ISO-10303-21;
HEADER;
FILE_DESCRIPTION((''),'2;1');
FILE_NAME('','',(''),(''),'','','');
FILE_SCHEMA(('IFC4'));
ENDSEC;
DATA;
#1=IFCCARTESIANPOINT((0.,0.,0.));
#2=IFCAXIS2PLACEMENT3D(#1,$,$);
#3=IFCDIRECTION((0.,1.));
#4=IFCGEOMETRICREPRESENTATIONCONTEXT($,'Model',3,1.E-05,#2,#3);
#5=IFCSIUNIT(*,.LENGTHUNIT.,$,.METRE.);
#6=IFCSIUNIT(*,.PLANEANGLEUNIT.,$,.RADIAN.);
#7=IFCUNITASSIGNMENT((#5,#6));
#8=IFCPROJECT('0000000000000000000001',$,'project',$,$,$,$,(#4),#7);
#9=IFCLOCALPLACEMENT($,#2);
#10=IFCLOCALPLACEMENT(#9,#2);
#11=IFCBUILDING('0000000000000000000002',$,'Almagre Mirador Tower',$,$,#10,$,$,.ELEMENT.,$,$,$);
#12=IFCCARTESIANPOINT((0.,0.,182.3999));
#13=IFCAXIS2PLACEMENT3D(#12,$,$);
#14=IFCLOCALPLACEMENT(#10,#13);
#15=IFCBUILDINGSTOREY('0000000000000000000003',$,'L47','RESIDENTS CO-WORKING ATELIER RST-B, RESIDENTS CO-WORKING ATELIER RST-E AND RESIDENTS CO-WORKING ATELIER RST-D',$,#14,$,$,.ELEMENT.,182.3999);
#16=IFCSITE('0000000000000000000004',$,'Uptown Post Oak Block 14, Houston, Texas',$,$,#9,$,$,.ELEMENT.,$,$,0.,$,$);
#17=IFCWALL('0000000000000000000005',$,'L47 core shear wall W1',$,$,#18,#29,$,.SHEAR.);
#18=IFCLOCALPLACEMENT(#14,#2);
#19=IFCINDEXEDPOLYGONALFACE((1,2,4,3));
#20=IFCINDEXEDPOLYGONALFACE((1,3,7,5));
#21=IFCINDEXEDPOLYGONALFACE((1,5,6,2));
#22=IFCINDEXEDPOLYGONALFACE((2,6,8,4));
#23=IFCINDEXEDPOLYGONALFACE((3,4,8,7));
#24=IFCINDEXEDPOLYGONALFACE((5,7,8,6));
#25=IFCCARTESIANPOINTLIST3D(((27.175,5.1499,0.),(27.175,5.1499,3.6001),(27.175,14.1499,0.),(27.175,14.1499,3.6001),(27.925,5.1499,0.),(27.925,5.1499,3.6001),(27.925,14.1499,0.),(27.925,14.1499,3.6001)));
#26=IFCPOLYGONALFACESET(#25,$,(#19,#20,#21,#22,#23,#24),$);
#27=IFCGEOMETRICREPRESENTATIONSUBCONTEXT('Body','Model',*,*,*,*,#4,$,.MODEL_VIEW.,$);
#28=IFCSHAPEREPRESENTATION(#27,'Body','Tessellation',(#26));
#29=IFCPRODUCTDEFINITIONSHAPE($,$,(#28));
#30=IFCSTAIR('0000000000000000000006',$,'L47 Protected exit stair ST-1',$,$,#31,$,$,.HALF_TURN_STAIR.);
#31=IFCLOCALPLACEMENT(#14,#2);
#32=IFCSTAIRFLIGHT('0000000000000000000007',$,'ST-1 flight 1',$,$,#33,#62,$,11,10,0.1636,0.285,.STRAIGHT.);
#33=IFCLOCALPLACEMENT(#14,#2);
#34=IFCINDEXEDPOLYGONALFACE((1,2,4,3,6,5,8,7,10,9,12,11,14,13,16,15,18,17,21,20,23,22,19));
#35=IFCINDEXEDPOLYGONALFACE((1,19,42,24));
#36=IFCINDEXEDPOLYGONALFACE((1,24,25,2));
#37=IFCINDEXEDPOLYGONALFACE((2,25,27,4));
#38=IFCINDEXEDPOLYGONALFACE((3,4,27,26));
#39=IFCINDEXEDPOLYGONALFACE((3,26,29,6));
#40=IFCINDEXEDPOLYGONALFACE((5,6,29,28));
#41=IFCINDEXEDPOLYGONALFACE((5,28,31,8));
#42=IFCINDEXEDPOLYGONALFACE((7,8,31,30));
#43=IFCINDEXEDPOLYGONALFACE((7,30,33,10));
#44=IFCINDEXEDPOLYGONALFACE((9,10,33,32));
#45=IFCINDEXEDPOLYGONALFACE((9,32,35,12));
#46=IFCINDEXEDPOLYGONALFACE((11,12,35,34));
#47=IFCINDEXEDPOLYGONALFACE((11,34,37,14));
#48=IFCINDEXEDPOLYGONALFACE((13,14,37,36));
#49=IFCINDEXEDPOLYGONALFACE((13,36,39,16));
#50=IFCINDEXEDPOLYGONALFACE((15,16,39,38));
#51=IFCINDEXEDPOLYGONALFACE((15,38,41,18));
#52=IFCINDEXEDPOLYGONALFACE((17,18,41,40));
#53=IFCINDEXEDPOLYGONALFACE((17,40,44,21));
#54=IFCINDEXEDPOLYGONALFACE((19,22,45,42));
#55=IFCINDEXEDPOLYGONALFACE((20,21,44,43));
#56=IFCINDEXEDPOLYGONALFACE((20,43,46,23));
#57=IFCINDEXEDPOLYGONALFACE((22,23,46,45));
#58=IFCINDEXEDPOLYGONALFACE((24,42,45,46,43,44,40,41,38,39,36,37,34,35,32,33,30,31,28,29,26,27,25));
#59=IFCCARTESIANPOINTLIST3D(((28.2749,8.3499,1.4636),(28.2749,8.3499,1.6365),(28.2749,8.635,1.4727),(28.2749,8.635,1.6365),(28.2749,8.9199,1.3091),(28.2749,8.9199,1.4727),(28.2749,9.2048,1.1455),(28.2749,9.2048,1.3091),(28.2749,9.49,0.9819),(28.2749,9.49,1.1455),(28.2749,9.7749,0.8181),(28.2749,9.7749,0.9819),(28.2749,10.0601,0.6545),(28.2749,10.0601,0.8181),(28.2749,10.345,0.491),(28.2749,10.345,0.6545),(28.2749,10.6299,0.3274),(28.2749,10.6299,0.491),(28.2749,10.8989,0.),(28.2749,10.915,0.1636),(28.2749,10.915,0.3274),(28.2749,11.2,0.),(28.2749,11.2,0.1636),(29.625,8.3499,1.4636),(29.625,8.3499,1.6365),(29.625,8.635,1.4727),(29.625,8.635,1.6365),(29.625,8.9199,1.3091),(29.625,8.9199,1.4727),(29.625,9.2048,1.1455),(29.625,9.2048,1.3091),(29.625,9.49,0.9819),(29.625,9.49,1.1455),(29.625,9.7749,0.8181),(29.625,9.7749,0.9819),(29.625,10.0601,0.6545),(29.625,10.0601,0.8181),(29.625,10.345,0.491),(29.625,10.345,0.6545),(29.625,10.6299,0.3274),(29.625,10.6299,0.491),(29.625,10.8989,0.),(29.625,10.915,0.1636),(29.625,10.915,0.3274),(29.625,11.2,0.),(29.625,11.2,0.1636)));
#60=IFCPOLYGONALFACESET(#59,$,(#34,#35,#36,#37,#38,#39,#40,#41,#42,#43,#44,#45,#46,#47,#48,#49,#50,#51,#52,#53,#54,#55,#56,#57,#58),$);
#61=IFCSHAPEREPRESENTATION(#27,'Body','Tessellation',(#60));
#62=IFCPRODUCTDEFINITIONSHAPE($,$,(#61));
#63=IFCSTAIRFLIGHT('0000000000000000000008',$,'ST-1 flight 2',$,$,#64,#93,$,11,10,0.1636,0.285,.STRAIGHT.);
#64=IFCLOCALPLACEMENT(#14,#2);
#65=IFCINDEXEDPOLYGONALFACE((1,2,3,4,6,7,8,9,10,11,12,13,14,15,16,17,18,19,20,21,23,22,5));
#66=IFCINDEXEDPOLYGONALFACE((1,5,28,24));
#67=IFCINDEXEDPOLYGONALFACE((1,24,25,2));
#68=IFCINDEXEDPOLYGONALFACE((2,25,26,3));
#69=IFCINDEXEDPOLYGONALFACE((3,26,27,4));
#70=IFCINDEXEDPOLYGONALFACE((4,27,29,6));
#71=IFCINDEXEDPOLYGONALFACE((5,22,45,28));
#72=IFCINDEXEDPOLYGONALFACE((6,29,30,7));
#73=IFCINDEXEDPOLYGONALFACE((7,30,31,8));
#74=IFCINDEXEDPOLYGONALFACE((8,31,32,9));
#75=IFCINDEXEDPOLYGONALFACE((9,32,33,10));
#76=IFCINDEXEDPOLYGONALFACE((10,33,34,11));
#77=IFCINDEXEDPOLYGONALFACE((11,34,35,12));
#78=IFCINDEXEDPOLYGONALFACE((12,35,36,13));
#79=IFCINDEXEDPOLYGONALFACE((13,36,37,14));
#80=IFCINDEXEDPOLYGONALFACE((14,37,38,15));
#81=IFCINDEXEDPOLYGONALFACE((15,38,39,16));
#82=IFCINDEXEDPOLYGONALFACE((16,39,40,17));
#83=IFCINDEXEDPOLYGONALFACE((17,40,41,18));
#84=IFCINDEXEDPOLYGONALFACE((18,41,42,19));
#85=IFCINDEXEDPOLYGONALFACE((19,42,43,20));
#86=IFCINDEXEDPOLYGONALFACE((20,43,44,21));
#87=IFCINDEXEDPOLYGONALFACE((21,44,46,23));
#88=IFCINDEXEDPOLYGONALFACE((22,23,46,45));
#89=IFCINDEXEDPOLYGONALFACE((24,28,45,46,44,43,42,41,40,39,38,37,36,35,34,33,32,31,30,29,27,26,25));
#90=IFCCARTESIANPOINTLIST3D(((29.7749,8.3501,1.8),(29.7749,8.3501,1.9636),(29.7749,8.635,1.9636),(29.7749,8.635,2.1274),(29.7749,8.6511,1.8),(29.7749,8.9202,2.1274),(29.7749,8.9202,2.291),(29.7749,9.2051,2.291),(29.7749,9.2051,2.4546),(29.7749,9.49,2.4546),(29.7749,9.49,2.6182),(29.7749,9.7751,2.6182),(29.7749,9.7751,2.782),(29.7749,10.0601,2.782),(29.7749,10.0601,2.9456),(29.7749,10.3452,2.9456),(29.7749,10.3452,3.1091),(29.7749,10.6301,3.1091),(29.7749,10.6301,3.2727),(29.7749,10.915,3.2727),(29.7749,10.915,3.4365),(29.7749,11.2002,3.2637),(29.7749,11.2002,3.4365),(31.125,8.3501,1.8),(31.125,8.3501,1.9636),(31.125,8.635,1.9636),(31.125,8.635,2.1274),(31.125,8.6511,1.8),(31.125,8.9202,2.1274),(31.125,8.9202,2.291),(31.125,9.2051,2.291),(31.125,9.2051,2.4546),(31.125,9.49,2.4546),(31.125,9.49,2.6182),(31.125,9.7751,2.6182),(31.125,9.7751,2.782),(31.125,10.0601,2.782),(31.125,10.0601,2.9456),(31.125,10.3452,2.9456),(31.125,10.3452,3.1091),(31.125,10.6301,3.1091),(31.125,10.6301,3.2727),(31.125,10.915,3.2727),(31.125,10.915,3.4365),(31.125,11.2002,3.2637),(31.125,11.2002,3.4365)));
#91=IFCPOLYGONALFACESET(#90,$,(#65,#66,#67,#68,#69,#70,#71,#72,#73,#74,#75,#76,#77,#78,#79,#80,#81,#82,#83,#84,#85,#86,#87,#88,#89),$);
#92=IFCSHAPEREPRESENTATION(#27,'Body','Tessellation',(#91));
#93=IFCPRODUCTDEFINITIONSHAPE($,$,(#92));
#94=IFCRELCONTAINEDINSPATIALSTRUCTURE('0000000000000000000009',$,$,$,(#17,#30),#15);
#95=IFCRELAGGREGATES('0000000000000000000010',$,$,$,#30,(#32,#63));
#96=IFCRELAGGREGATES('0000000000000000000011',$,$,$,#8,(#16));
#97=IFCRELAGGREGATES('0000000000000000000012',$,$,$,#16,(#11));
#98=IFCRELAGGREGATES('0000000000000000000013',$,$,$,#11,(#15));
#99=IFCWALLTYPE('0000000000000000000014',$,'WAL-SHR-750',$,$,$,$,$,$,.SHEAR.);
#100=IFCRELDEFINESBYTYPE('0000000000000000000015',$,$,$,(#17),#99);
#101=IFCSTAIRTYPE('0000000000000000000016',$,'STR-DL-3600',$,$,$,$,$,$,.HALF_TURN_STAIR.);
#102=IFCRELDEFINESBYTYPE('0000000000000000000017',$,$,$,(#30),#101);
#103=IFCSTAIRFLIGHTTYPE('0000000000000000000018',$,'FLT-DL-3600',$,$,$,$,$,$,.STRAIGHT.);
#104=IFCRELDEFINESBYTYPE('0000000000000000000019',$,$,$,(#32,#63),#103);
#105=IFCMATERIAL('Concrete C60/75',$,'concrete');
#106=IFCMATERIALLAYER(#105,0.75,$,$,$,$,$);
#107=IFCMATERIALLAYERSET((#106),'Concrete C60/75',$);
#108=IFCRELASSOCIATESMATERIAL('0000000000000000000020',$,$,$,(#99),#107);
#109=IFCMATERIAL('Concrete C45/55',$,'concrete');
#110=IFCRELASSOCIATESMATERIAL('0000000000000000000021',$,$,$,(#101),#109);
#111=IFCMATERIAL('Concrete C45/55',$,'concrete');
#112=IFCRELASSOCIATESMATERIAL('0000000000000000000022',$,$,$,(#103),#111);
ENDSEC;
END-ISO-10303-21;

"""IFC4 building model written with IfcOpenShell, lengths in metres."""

from ifc_helpers import new_model, si_unit, direction, frame, frame_2d, origin, place, context, subcontext, project, spatial, polyline, rectangle, outline, extrude, material, layer, layer_set, type_object, element, aggregate, save


model = new_model("IFC4")

# Units and contexts
model_context = context("Model", 3, precision=1e-05, world=origin(), true_north=direction((0.0, 1.0)))
body_context = subcontext(model_context, "Body", "Model", "MODEL_VIEW")
ifc_project = project(units=[si_unit("LENGTHUNIT", "METRE"), si_unit("PLANEANGLEUNIT", "RADIAN")], contexts=[model_context])

# Site, building, storey
site_placement = place(None, origin())
site = spatial("IfcSite", under=ifc_project, at=site_placement, Name="Uptown Post Oak Block 14, Houston, Texas", CompositionType="ELEMENT", RefElevation=0.0)
building_placement = place(site_placement, origin())
building = spatial("IfcBuilding", under=site, at=building_placement, Name="Almagre Mirador Tower", CompositionType="ELEMENT")
storey_placement = place(building_placement, frame((0.0, 0.0, 182.3999)))
storey = spatial("IfcBuildingStorey", under=building, at=storey_placement, Name="L47", Description="RESIDENTS CO-WORKING ATELIER RST-B, RESIDENTS CO-WORKING ATELIER RST-E AND RESIDENTS CO-WORKING ATELIER RST-D", CompositionType="ELEMENT", Elevation=182.3999)

# Wall
ifc_material_1 = material(Name="Concrete C60/75", Category="concrete")
ifc_layer_1 = layer(ifc_material_1, 0.75)
ifc_layer_set_1 = layer_set([ifc_layer_1], Name="Concrete C60/75")
wall_type_1 = type_object("IfcWallType", Name="WAL-SHR-750", PredefinedType="SHEAR", material=ifc_layer_set_1)
wall_1_placement = place(storey_placement, frame((27.55, 5.1499, 0.0), z_axis=(0.0, 0.0, 1.0), x_axis=(0.0, 1.0, 0.0)))
element("IfcWall", 1, at=wall_1_placement, inside=storey, type_object=wall_type_1, Name="L47 core shear wall W1", PredefinedType="SHEAR", context=body_context, shape_type="SweptSolid", body=[
    extrude(rectangle(XDim=9.0, YDim=0.75, at=frame_2d((4.5, 0.0))), origin(), (0.0, 0.0, 1.0), 3.6001),
])

# Stair, stair flights
ifc_material_2 = material(Name="Concrete C45/55", Category="concrete")
stair_type = type_object("IfcStairType", Name="STR-DL-3600", PredefinedType="HALF_TURN_STAIR", material=ifc_material_2)
stair_placement = place(storey_placement, origin())
stair = element("IfcStair", 2, at=stair_placement, inside=storey, type_object=stair_type, Name="L47 Protected exit stair ST-1", PredefinedType="HALF_TURN_STAIR")
ifc_material_3 = material(Name="Concrete C45/55", Category="concrete")
stair_flight_type = type_object("IfcStairFlightType", Name="FLT-DL-3600", PredefinedType="STRAIGHT", material=ifc_material_3)
stair_flight_1_placement = place(storey_placement, frame((28.95, 11.2, 0.0), z_axis=(0.0, 0.0, 1.0), x_axis=(0.0, -1.0, 0.0)))
stair_flight_1 = element("IfcStairFlight", 3, at=stair_flight_1_placement, type_object=stair_flight_type, Name="ST-1 flight 1", NumberOfRisers=11, NumberOfTreads=10, PredefinedType="STRAIGHT", RiserHeight=0.1636, TreadLength=0.285, context=body_context, shape_type="SweptSolid", body=[
    extrude(outline(polyline([(0.0, 0.0), (0.0, 0.1636), (0.2849, 0.1636), (0.2849, 0.3274), (0.5701, 0.3274), (0.5701, 0.491), (0.855, 0.491), (0.855, 0.6545), (1.1399, 0.6545), (1.1399, 0.8181), (1.425, 0.8181), (1.425, 0.9819), (1.71, 0.9819), (1.71, 1.1455), (1.9951, 1.1455), (1.9951, 1.3091), (2.28, 1.3091), (2.28, 1.4727), (2.5649, 1.4727), (2.5649, 1.6365), (2.8501, 1.6365), (2.8501, 1.8), (2.8501, 1.4636), (0.301, 0.0), (0.0, 0.0)])), frame((0.0, 0.675, 0.0), z_axis=(0.0, -1.0, 0.0), x_axis=(1.0, 0.0, 0.0)), (0.0, 0.0, 1.0), 1.3501),
])
stair_flight_2_placement = place(storey_placement, frame((30.45, 8.3501, 1.8), z_axis=(0.0, 0.0, 1.0), x_axis=(0.0, 1.0, 0.0)))
stair_flight_2 = element("IfcStairFlight", 4, at=stair_flight_2_placement, type_object=stair_flight_type, Name="ST-1 flight 2", NumberOfRisers=11, NumberOfTreads=10, PredefinedType="STRAIGHT", RiserHeight=0.1636, TreadLength=0.285, context=body_context, shape_type="SweptSolid", body=[
    extrude(outline(polyline([(0.0, 0.0), (0.0, 0.1636), (0.2849, 0.1636), (0.2849, 0.3274), (0.5701, 0.3274), (0.5701, 0.491), (0.855, 0.491), (0.855, 0.6545), (1.1399, 0.6545), (1.1399, 0.8181), (1.425, 0.8181), (1.425, 0.9819), (1.71, 0.9819), (1.71, 1.1455), (1.9951, 1.1455), (1.9951, 1.3091), (2.28, 1.3091), (2.28, 1.4727), (2.5649, 1.4727), (2.5649, 1.6365), (2.8501, 1.6365), (2.8501, 1.8), (2.8501, 1.4636), (0.301, 0.0), (0.0, 0.0)])), frame((0.0, 0.675, 0.0), z_axis=(0.0, -1.0, 0.0), x_axis=(1.0, 0.0, 0.0)), (0.0, 0.0, 1.0), 1.3501),
])
aggregate(stair, [stair_flight_1, stair_flight_2])

save(model, "model.ifc")
